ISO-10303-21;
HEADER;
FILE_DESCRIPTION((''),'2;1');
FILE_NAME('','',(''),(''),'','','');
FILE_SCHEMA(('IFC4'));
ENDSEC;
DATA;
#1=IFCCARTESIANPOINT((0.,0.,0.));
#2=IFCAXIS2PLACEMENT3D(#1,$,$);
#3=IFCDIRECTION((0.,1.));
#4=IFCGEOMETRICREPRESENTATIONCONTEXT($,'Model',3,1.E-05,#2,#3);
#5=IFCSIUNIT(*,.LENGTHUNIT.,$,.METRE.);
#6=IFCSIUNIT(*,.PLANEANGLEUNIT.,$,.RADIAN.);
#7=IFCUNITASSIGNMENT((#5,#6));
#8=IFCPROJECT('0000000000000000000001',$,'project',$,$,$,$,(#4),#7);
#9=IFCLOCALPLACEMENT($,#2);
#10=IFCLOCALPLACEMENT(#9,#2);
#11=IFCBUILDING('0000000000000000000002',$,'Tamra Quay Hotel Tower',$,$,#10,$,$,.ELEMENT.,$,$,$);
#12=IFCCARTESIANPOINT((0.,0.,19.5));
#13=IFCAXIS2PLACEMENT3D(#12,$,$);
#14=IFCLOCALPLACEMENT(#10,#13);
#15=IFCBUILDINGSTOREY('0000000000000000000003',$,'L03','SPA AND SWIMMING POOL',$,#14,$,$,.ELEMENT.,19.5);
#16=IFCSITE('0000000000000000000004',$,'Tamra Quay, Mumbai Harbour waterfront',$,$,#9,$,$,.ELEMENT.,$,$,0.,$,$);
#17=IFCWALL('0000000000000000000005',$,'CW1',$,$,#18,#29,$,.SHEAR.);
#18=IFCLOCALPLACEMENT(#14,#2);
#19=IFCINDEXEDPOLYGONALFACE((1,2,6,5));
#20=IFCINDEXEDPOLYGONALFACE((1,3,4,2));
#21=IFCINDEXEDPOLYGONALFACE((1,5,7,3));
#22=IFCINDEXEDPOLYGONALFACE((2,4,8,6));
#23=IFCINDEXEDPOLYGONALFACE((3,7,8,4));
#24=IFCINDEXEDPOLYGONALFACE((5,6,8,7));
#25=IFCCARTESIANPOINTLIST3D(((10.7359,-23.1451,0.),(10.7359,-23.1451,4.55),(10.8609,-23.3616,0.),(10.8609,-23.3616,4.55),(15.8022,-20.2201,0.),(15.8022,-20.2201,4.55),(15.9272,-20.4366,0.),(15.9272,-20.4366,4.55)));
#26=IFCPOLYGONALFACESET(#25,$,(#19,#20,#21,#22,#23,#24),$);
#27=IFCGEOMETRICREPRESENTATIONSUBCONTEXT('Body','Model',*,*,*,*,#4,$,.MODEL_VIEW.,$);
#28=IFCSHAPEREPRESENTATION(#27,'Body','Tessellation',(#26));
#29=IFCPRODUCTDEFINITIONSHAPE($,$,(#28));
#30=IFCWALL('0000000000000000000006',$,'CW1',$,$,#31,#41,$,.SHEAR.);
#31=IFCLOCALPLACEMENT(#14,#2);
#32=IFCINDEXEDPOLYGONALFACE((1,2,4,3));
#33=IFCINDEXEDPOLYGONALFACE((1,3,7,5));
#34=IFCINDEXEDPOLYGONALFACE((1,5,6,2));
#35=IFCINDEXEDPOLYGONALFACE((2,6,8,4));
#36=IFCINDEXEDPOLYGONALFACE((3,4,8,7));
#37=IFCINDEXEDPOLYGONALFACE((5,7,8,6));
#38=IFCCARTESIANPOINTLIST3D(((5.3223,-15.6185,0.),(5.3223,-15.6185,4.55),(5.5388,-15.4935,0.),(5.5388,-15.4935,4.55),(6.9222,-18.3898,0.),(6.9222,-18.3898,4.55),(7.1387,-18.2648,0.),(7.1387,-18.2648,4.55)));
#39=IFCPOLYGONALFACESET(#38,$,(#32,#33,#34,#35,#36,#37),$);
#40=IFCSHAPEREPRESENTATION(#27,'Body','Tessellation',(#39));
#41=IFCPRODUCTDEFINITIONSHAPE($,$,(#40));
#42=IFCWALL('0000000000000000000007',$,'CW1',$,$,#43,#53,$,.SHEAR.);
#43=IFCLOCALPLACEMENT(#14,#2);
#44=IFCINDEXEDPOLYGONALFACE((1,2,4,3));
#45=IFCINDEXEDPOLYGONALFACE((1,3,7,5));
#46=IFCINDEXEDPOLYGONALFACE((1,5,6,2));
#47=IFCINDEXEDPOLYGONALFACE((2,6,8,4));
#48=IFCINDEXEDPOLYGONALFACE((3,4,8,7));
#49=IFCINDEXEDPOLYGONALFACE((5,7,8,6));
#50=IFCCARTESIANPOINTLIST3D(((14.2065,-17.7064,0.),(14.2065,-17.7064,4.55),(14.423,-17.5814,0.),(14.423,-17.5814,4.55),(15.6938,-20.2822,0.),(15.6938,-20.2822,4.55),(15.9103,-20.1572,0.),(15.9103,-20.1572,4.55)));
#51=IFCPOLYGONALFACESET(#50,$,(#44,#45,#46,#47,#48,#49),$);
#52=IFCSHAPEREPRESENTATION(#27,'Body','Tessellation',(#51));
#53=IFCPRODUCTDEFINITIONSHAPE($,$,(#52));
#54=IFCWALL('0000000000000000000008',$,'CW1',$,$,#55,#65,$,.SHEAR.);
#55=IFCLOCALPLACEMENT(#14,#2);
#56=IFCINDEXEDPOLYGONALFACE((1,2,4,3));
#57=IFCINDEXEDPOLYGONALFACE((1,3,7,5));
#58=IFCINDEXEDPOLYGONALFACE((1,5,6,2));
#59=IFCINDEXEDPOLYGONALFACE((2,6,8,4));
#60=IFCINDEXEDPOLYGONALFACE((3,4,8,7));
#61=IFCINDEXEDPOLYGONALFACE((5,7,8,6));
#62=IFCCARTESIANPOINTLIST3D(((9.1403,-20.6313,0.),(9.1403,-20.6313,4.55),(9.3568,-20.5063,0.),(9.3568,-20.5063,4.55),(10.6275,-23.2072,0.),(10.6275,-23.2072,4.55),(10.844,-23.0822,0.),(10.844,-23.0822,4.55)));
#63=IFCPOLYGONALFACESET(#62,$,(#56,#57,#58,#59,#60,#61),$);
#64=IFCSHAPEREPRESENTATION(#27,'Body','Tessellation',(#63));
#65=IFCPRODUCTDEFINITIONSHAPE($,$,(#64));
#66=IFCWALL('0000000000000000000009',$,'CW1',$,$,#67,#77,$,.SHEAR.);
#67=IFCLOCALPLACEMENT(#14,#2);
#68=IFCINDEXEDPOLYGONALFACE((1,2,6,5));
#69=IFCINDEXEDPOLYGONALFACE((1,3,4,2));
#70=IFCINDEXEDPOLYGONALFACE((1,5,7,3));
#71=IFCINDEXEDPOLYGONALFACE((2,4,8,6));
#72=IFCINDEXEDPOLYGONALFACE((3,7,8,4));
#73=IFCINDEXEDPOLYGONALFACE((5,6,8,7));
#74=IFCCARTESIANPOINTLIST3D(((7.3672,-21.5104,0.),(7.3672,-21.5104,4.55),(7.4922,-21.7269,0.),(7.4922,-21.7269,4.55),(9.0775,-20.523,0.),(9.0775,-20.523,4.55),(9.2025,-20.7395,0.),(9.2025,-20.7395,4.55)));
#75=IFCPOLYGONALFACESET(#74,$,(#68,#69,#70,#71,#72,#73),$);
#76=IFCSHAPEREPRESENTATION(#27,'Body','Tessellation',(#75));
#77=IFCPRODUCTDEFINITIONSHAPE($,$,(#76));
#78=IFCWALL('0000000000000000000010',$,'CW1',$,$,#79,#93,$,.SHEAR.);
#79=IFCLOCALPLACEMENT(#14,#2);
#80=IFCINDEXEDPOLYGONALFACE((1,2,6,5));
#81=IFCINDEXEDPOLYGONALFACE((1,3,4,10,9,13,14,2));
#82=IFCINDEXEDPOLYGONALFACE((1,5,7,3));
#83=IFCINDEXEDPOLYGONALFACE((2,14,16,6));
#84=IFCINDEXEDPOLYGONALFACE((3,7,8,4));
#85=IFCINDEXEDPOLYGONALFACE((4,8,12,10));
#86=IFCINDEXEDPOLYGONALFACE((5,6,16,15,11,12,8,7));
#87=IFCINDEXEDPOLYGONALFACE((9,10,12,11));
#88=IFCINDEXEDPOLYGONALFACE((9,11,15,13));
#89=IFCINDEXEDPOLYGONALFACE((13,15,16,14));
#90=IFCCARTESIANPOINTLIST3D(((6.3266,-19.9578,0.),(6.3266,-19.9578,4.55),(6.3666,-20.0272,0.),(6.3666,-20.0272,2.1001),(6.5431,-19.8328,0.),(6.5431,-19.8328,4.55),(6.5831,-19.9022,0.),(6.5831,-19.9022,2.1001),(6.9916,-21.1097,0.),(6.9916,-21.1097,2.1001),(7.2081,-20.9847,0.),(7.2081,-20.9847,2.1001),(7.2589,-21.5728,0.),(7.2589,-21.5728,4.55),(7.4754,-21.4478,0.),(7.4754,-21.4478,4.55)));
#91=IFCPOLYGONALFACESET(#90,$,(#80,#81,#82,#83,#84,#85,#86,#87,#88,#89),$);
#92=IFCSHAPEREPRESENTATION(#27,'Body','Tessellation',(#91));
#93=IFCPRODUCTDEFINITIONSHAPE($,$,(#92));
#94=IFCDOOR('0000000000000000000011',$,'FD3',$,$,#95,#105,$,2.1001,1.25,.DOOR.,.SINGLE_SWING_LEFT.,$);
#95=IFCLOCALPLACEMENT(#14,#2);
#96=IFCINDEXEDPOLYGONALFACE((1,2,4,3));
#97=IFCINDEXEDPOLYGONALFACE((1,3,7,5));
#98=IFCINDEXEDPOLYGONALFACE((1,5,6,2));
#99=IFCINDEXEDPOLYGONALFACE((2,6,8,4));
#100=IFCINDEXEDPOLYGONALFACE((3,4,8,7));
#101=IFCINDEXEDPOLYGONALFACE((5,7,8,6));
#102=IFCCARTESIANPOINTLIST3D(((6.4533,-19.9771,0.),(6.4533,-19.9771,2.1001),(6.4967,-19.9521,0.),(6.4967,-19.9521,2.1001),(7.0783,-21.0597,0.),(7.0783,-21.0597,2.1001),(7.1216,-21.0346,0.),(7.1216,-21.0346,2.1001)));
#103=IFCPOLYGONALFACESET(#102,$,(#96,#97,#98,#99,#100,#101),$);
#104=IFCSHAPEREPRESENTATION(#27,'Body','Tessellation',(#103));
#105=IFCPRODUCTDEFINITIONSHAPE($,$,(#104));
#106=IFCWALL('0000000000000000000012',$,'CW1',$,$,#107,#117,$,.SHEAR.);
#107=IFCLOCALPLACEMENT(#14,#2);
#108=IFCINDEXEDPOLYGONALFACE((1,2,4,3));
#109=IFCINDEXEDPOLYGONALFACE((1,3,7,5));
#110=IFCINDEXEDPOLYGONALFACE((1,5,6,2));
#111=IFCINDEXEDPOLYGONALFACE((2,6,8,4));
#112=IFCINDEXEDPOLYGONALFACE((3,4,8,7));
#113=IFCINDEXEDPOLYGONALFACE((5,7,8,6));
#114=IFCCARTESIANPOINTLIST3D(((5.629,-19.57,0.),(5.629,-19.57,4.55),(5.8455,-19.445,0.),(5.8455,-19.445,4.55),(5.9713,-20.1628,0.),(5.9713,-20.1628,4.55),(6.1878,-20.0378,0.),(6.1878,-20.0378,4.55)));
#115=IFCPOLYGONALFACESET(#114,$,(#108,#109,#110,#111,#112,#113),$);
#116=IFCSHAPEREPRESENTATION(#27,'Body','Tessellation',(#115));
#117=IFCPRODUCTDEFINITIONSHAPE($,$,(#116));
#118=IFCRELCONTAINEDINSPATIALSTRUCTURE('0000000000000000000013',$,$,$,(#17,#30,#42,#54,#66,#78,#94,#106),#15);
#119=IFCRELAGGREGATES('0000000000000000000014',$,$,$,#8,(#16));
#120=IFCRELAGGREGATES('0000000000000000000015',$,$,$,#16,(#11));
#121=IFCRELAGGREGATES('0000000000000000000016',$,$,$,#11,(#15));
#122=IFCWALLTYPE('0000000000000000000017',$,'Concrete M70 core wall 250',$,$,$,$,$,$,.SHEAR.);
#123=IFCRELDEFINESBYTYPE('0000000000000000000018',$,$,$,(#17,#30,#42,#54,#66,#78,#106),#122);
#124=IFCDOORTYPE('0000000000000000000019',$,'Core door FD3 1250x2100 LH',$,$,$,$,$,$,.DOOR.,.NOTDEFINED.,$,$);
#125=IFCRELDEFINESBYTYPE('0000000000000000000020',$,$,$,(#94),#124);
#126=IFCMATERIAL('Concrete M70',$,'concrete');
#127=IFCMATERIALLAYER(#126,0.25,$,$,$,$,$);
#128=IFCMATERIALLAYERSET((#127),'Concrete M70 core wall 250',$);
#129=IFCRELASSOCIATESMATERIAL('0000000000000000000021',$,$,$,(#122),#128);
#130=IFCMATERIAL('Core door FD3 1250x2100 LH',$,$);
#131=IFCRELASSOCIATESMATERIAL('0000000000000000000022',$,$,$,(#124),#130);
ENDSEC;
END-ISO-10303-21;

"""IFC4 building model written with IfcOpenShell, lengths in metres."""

from ifc_helpers import new_model, si_unit, direction, frame, frame_2d, origin, place, context, subcontext, project, spatial, rectangle, extrude, material, layer, layer_set, type_object, element, fill, save


model = new_model("IFC4")

# Units and contexts
model_context = context("Model", 3, precision=1e-05, world=origin(), true_north=direction((0.0, 1.0)))
body_context = subcontext(model_context, "Body", "Model", "MODEL_VIEW")
ifc_project = project(units=[si_unit("LENGTHUNIT", "METRE"), si_unit("PLANEANGLEUNIT", "RADIAN")], contexts=[model_context])

# Site, building, storey
site_placement = place(None, origin())
site = spatial("IfcSite", under=ifc_project, at=site_placement, Name="Tamra Quay, Mumbai Harbour waterfront", CompositionType="ELEMENT", RefElevation=0.0)
building_placement = place(site_placement, origin())
building = spatial("IfcBuilding", under=site, at=building_placement, Name="Tamra Quay Hotel Tower", CompositionType="ELEMENT")
storey_placement = place(building_placement, frame((0.0, 0.0, 19.5)))
storey = spatial("IfcBuildingStorey", under=building, at=storey_placement, Name="L03", Description="SPA AND SWIMMING POOL", CompositionType="ELEMENT", Elevation=19.5)

# Shared definitions
ifc_material_1 = material(Name="Concrete M70", Category="concrete")

# Walls
ifc_layer_1 = layer(ifc_material_1, 0.25)
ifc_layer_set_1 = layer_set([ifc_layer_1], Name="Concrete M70 core wall 250")
wall_type_1 = type_object("IfcWallType", Name="Concrete M70 core wall 250", PredefinedType="SHEAR", material=ifc_layer_set_1)
wall_1_placement = place(storey_placement, frame((15.8647, -20.3284, 0.0), z_axis=(0.0, 0.0, 1.0), x_axis=(-0.866029, -0.499995, 0.0)))
element("IfcWall", 1, at=wall_1_placement, inside=storey, type_object=wall_type_1, Name="CW1", PredefinedType="SHEAR", context=body_context, shape_type="SweptSolid", body=[
    extrude(rectangle(XDim=5.8501, YDim=0.25, at=frame_2d((2.925, 0.0))), origin(), (0.0, 0.0, 1.0), 4.55),
])
wall_2_placement = place(storey_placement, frame((7.0305, -18.3274, 0.0), z_axis=(0.0, 0.0, 1.0), x_axis=(-0.499971, 0.866042, 0.0)))
element("IfcWall", 2, at=wall_2_placement, inside=storey, type_object=wall_type_1, Name="CW1", PredefinedType="SHEAR", context=body_context, shape_type="SweptSolid", body=[
    extrude(rectangle(XDim=3.2, YDim=0.25, at=frame_2d((1.6001, 0.0))), origin(), (0.0, 0.0, 1.0), 4.55),
])
for number, where, z_axis, x_axis, name in (
    (3, (14.3147, -17.6438, 0.0), (0.0, 0.0, 1.0), (0.500023, -0.866012, 0.0), "CW1"),
    (4, (10.7358, -23.1448, 0.0), (0.0, 0.0, 1.0), (-0.500023, 0.866012, 0.0), "CW1"),
):
    element("IfcWall", number, at=place(storey_placement, frame(where, z_axis=z_axis, x_axis=x_axis)), inside=storey, type_object=wall_type_1, Name=name, PredefinedType="SHEAR", context=body_context, shape_type="SweptSolid", body=[
        extrude(rectangle(XDim=2.9744, YDim=0.25, at=frame_2d((1.4873, 0.0))), origin(), (0.0, 0.0, 1.0), 4.55),
    ])
wall_3_placement = place(storey_placement, frame((9.1399, -20.6313, 0.0), z_axis=(0.0, 0.0, 1.0), x_axis=(-0.866044, -0.499969, 0.0)))
element("IfcWall", 5, at=wall_3_placement, inside=storey, type_object=wall_type_1, Name="CW1", PredefinedType="SHEAR", context=body_context, shape_type="SweptSolid", body=[
    extrude(rectangle(XDim=1.9749, YDim=0.25, at=frame_2d((0.9873, 0.0))), origin(), (0.0, 0.0, 1.0), 4.55),
])

# Wall, opening, door
wall_4_placement = place(storey_placement, frame((7.3672, -21.5103, 0.0), z_axis=(0.0, 0.0, 1.0), x_axis=(-0.499983, 0.866035, 0.0)))
wall_4 = element("IfcWall", 6, at=wall_4_placement, inside=storey, type_object=wall_type_1, Name="CW1", PredefinedType="SHEAR", context=body_context, shape_type="SweptSolid", body=[
    extrude(rectangle(XDim=1.8647, YDim=0.25, at=frame_2d((0.9324, 0.0))), origin(), (0.0, 0.0, 1.0), 4.55),
])
opening_1_placement = place(wall_4_placement, frame((0.5347, 0.0, 0.0)))
opening_1 = element("IfcOpeningElement", 7, at=opening_1_placement, cuts=wall_4, PredefinedType="OPENING", context=body_context, shape_type="SweptSolid", body=[
    extrude(rectangle(XDim=1.25, YDim=2.1001, at=frame_2d((0.625, 1.05))), frame((0.0, 0.135, 0.0), z_axis=(0.0, -1.0, 0.0), x_axis=(1.0, 0.0, 0.0)), (0.0, 0.0, 1.0), 0.27),
])
ifc_material_2 = material(Name="Core door FD3 1250x2100 LH")
door_type_1 = type_object("IfcDoorType", Name="Core door FD3 1250x2100 LH", OperationType="NOTDEFINED", PredefinedType="DOOR", material=ifc_material_2)
door_1_placement = place(opening_1_placement, origin())
door_1 = element("IfcDoor", 8, at=door_1_placement, inside=storey, type_object=door_type_1, Name="FD3", OperationType="SINGLE_SWING_LEFT", OverallHeight=2.1001, OverallWidth=1.25, PredefinedType="DOOR", context=body_context, shape_type="SweptSolid", body=[
    extrude(rectangle(XDim=1.25, YDim=2.1001, at=frame_2d((0.625, 1.05))), frame((0.0, 0.0249, 0.0), z_axis=(0.0, -1.0, 0.0), x_axis=(1.0, 0.0, 0.0)), (0.0, 0.0, 1.0), 0.05),
])
fill(opening_1, door_1)

# Wall
wall_5_placement = place(storey_placement, frame((6.0796, -20.1003, 0.0), z_axis=(0.0, 0.0, 1.0), x_axis=(-0.500052, 0.865996, 0.0)))
element("IfcWall", 9, at=wall_5_placement, inside=storey, type_object=wall_type_1, Name="CW1", PredefinedType="SHEAR", context=body_context, shape_type="SweptSolid", body=[
    extrude(rectangle(XDim=0.6846, YDim=0.25, at=frame_2d((0.3423, 0.0))), origin(), (0.0, 0.0, 1.0), 4.55),
])

save(model, "model.ifc")
